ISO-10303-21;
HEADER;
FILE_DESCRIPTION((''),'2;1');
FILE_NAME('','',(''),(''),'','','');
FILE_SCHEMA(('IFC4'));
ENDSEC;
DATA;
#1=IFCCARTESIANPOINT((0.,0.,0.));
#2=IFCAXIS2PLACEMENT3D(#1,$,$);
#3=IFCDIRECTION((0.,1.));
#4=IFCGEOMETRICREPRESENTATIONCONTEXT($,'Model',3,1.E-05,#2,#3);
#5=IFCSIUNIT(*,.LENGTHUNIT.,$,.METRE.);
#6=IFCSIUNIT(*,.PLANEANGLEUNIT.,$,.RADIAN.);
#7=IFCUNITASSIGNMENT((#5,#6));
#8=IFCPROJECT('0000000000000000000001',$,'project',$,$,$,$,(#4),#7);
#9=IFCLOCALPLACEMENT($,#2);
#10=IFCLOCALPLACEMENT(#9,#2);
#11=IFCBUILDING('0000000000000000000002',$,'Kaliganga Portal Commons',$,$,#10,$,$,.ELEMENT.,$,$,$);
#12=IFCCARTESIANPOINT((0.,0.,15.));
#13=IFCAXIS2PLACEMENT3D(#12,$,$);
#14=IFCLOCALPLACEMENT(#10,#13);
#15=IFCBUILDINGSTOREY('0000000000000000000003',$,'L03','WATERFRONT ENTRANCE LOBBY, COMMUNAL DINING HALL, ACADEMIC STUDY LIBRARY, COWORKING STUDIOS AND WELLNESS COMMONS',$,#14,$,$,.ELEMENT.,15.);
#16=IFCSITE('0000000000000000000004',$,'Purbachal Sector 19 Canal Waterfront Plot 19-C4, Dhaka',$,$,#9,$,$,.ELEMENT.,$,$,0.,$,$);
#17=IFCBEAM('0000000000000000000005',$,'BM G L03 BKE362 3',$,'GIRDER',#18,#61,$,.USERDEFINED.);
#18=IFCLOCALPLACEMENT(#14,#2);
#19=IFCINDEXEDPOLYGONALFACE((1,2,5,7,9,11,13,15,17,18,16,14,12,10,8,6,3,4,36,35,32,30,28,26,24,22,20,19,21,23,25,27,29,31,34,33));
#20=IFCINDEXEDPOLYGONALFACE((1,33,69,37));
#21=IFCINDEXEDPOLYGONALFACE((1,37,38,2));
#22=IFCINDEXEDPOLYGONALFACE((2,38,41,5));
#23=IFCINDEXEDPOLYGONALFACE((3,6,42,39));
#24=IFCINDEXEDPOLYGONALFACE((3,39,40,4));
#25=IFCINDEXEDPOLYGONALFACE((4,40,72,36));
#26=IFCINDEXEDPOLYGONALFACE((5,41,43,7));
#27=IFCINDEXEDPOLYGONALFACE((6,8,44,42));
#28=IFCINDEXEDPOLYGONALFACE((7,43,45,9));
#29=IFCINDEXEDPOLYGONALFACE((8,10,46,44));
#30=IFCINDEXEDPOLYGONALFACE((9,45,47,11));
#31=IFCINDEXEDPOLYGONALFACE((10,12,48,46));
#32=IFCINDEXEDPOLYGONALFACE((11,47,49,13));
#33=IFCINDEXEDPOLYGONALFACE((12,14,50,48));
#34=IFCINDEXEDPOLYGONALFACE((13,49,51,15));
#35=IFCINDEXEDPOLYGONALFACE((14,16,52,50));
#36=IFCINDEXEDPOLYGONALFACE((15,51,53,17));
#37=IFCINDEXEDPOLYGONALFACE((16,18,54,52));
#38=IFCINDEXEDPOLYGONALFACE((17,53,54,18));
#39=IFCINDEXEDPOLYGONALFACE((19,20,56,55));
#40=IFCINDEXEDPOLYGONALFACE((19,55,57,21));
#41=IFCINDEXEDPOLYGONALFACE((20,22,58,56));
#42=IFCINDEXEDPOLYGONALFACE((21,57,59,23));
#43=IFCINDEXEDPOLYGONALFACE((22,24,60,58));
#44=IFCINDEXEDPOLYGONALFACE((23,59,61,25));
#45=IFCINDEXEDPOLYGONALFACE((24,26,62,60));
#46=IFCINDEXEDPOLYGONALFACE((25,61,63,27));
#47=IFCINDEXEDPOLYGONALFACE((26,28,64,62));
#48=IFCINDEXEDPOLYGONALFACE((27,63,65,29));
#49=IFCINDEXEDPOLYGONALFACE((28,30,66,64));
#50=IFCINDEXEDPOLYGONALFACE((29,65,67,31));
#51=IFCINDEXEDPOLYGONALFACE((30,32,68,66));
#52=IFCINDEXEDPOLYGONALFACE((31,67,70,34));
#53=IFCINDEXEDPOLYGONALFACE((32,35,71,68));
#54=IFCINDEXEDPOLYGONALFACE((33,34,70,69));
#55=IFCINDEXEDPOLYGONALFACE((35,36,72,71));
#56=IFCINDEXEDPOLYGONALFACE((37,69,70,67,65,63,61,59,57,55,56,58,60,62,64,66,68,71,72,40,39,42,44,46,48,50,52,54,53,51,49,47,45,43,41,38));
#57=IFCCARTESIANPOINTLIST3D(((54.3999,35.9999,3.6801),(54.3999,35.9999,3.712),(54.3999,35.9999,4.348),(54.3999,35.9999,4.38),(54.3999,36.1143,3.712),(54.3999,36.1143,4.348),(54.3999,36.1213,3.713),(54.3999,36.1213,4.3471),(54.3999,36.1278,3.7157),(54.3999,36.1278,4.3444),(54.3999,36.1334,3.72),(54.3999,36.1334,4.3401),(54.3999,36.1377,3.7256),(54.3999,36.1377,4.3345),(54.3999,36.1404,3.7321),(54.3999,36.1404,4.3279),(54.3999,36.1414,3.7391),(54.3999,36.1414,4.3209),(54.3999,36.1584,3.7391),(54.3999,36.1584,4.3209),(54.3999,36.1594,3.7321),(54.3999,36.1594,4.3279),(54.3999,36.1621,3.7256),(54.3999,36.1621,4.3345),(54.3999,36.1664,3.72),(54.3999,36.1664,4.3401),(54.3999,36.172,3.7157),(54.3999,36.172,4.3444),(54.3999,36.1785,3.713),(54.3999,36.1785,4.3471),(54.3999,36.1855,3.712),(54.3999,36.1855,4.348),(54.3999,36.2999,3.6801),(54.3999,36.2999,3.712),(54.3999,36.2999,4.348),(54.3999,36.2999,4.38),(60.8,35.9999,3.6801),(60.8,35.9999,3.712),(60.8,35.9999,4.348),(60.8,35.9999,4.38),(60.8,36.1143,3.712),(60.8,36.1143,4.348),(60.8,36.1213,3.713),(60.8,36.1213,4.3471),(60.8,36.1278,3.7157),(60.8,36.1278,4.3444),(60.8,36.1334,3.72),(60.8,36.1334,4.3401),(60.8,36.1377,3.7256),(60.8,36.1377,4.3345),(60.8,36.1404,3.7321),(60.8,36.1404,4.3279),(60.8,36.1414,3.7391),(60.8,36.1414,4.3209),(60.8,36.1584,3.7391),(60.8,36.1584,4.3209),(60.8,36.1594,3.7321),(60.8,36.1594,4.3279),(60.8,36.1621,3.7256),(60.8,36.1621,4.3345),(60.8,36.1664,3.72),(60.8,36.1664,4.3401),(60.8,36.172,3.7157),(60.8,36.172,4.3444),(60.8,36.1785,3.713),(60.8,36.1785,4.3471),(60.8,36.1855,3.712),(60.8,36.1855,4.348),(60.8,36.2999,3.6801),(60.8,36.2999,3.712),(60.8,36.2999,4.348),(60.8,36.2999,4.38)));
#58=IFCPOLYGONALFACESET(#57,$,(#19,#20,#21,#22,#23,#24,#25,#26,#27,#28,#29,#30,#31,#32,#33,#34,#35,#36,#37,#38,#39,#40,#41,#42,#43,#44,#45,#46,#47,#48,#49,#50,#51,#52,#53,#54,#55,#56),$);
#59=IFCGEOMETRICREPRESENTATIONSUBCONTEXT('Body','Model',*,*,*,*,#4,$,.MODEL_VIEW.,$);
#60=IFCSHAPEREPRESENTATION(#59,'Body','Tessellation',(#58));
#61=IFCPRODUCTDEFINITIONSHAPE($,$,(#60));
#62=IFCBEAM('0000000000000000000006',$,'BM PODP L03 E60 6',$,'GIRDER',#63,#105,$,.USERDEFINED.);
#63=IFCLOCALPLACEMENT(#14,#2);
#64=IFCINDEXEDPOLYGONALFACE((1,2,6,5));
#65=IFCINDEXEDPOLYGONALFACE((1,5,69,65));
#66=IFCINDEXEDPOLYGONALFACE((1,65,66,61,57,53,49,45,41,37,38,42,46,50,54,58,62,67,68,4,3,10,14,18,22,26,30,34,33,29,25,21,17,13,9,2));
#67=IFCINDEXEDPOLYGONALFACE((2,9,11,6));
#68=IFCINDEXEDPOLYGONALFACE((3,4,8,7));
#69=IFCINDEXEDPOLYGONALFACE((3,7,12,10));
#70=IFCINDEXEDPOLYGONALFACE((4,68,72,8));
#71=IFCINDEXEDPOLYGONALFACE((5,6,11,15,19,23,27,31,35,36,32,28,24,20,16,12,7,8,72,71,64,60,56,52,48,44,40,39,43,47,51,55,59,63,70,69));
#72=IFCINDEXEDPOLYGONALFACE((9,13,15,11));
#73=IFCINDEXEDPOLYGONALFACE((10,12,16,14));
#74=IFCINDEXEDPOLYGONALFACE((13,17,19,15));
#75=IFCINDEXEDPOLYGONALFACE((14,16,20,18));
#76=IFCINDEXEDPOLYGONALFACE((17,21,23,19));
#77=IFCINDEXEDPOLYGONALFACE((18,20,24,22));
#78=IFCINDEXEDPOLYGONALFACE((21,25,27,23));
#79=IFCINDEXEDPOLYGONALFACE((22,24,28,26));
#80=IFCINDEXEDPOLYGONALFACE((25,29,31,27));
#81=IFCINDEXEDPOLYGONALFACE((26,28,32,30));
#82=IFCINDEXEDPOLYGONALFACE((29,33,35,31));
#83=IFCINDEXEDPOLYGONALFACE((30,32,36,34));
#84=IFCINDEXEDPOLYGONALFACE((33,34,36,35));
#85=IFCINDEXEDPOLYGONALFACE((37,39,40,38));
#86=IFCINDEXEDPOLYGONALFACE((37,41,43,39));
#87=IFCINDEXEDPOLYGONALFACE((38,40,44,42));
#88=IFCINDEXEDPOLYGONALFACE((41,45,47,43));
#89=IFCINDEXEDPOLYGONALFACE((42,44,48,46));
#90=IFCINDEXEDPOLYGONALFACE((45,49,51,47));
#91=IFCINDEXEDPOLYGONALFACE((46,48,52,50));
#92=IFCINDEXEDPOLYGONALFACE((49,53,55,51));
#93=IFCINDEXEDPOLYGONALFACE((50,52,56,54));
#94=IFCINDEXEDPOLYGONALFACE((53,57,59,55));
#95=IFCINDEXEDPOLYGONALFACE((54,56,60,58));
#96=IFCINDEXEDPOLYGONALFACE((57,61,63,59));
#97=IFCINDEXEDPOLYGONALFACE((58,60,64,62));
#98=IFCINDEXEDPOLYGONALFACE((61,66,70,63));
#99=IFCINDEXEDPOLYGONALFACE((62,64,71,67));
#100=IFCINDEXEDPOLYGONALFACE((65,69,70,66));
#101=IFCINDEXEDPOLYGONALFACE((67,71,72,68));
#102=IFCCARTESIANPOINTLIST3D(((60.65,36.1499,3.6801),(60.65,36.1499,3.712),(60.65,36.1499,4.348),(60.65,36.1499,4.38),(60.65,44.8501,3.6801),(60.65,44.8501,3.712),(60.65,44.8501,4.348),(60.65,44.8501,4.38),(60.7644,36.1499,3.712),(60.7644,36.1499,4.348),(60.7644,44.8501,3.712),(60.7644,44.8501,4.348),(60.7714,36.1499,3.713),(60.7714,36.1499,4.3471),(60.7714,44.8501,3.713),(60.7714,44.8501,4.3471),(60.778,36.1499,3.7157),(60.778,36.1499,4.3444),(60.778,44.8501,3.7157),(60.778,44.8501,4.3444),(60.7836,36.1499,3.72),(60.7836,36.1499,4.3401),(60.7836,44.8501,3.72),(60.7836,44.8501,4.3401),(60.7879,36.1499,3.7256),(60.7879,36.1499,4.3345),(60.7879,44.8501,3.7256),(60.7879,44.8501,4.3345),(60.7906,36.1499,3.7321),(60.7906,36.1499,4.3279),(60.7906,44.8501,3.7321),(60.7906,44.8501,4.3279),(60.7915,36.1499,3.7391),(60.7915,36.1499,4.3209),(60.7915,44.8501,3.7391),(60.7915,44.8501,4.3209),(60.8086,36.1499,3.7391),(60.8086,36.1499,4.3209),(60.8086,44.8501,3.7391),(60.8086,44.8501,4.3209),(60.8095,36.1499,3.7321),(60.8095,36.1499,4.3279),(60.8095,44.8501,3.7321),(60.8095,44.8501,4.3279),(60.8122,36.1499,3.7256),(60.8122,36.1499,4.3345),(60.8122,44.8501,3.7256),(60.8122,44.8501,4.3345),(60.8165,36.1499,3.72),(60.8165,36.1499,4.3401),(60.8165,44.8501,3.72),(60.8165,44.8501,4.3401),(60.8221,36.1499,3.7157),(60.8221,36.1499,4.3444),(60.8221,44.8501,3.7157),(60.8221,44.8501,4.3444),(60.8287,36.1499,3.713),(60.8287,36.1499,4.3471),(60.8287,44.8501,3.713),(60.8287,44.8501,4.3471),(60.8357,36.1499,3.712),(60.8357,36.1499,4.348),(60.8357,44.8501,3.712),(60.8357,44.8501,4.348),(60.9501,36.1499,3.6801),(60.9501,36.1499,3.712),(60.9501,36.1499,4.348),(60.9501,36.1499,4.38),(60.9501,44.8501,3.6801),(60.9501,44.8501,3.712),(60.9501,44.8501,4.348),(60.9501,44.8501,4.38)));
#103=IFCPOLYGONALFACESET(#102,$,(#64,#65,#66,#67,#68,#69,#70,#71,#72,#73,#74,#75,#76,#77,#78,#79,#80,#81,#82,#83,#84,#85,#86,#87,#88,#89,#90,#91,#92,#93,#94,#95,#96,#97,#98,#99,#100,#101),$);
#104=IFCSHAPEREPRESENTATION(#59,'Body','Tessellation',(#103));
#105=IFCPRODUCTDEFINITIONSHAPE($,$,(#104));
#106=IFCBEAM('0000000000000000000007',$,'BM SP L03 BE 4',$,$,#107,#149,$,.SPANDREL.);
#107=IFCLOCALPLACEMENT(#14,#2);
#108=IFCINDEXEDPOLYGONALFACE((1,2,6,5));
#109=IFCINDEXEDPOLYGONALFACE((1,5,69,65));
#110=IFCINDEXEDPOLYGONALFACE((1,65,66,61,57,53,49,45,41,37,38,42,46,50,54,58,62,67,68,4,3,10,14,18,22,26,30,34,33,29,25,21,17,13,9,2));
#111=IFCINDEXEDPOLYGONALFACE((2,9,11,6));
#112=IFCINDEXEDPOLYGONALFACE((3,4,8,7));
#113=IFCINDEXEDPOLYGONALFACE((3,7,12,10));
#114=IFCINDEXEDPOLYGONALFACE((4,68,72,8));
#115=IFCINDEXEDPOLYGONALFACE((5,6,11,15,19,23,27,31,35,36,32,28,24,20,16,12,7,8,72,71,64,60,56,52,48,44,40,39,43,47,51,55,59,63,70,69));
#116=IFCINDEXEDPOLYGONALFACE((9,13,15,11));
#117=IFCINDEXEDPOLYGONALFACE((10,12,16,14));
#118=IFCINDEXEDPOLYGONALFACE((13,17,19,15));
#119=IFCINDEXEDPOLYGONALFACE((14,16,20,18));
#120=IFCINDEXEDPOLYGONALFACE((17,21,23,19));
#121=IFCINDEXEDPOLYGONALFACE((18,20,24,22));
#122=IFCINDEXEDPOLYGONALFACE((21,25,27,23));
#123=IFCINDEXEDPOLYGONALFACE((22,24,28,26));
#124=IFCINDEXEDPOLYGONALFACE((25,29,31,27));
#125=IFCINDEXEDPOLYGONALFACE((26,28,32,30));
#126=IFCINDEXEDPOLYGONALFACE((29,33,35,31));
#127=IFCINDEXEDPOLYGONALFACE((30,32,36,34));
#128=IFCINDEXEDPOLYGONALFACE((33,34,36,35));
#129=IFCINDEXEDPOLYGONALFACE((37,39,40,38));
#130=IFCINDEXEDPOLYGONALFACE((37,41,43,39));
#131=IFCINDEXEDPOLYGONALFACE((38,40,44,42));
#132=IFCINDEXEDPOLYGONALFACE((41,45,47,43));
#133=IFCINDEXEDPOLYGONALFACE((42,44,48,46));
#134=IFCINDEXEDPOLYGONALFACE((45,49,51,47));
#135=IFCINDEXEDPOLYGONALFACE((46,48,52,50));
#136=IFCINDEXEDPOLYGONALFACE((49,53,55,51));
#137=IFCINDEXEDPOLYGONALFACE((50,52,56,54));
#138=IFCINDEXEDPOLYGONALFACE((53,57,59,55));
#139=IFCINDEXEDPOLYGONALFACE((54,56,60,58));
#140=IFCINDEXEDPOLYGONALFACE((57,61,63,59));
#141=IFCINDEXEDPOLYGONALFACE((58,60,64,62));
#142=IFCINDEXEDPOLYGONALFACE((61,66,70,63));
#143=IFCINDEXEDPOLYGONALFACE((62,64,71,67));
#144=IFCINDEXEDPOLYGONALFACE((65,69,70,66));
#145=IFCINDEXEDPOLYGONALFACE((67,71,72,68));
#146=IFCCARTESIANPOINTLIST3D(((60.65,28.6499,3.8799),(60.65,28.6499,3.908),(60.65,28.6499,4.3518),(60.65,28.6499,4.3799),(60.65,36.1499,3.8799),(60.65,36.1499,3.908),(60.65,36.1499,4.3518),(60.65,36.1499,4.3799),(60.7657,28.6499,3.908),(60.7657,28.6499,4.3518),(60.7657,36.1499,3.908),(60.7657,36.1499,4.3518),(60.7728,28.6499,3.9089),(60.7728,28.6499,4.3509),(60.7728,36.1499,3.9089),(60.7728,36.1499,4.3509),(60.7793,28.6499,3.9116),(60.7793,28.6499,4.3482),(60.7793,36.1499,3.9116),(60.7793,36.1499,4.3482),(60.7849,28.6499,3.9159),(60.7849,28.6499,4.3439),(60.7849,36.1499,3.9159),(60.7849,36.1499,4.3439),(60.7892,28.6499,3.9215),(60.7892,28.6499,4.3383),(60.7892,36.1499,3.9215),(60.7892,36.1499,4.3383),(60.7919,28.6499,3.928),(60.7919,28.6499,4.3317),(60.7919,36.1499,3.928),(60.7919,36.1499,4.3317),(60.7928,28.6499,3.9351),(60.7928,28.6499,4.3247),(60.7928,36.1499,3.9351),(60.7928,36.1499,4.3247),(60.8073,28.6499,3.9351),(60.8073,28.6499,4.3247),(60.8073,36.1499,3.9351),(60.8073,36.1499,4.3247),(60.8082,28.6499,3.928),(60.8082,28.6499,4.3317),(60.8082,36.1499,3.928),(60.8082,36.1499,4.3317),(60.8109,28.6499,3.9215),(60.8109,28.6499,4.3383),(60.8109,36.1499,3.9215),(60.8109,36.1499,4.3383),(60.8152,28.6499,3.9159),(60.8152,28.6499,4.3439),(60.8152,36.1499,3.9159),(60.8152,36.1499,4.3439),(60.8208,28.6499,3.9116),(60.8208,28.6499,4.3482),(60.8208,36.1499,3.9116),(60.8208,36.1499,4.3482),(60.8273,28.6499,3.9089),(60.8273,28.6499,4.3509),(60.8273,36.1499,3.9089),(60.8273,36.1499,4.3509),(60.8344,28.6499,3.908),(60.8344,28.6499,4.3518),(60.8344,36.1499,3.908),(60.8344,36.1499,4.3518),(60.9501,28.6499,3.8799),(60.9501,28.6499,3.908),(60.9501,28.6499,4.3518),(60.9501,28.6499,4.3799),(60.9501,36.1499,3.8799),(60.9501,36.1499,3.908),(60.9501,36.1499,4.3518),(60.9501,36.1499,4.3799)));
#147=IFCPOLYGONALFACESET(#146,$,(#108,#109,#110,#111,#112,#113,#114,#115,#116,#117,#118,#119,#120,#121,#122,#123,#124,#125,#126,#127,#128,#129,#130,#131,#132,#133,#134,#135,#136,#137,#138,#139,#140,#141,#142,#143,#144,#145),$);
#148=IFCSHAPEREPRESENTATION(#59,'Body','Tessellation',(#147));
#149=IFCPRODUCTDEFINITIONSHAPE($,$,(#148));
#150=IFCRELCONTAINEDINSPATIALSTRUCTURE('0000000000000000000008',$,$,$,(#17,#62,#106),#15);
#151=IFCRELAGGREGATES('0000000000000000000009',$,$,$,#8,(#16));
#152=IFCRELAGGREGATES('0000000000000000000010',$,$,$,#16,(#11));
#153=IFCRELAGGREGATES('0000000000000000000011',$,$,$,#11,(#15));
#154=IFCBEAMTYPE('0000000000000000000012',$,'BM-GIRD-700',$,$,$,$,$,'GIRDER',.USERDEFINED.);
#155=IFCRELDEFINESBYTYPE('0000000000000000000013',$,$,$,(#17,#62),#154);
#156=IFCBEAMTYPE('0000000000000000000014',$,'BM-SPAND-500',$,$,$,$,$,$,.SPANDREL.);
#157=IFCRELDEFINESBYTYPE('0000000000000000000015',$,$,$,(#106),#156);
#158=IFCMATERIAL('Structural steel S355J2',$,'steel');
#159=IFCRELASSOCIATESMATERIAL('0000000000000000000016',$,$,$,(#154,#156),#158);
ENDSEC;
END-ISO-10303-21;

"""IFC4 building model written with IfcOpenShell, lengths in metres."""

from ifc_helpers import new_model, si_unit, direction, frame, origin, origin_2d, place, context, subcontext, project, spatial, i_section, extrude, source, transform, mapped, material, material_profile, profile_set, type_object, element, save


model = new_model("IFC4")

# Units and contexts
model_context = context("Model", 3, precision=1e-05, world=origin(), true_north=direction((0.0, 1.0)))
body_context = subcontext(model_context, "Body", "Model", "MODEL_VIEW")
ifc_project = project(units=[si_unit("LENGTHUNIT", "METRE"), si_unit("PLANEANGLEUNIT", "RADIAN")], contexts=[model_context])

# Site, building, storey
site_placement = place(None, origin())
site = spatial("IfcSite", under=ifc_project, at=site_placement, Name="Purbachal Sector 19 Canal Waterfront Plot 19-C4, Dhaka", CompositionType="ELEMENT", RefElevation=0.0)
building_placement = place(site_placement, origin())
building = spatial("IfcBuilding", under=site, at=building_placement, Name="Kaliganga Portal Commons", CompositionType="ELEMENT")
storey_placement = place(building_placement, frame((0.0, 0.0, 15.0)))
storey = spatial("IfcBuildingStorey", under=building, at=storey_placement, Name="L03", Description="WATERFRONT ENTRANCE LOBBY, COMMUNAL DINING HALL, ACADEMIC STUDY LIBRARY, COWORKING STUDIOS AND WELLNESS COMMONS", CompositionType="ELEMENT", Elevation=15.0)

# Beams
ifc_material_1 = material(Name="Structural steel S355J2", Category="steel")
ifc_material_profile_1 = material_profile(ifc_material_1, i_section(OverallWidth=0.3, OverallDepth=0.7, WebThickness=0.0171, FlangeThickness=0.032, FilletRadius=0.0271, at=origin_2d()), Name="HE 700 B")
ifc_profile_set_1 = profile_set([ifc_material_profile_1], Name="Structural steel S355J2 wide-flange")
beam_type_1 = type_object("IfcBeamType", Name="BM-GIRD-700", ElementType="GIRDER", PredefinedType="USERDEFINED", material=ifc_profile_set_1)
shared_shape_1 = source(origin(), body_context, "Body", "SweptSolid", [
    extrude(i_section(OverallWidth=0.3, OverallDepth=0.7, WebThickness=0.0171, FlangeThickness=0.032, FilletRadius=0.0271, at=origin_2d()), origin(), (0.0, 0.0, 1.0), 6.4001),
])
for number, where, z_axis, x_axis, name in (
    (1, (54.3999, 36.1499, 4.03), (1.0, 0.0, 0.0), (0.0, 1.0, 0.0), "BM G L03 BKE362 3"),
):
    element("IfcBeam", number, at=place(storey_placement, frame(where, z_axis=z_axis, x_axis=x_axis)), inside=storey, type_object=beam_type_1, Name=name, ObjectType="GIRDER", PredefinedType="USERDEFINED", context=body_context, shape_type="MappedRepresentation", body=[
        mapped(shared_shape_1, transform((0.0, 0.0, 0.0), x_axis=(1.0, 0.0, 0.0), y_axis=(0.0, 1.0, 0.0), z_axis=(0.0, 0.0, 1.0), scale=1.0)),
    ])
shared_shape_2 = source(origin(), body_context, "Body", "SweptSolid", [
    extrude(i_section(OverallWidth=0.3, OverallDepth=0.7, WebThickness=0.0171, FlangeThickness=0.032, FilletRadius=0.0271, at=origin_2d()), origin(), (0.0, 0.0, 1.0), 8.7002),
])
beam_1_placement = place(storey_placement, frame((60.8, 36.1499, 4.03), z_axis=(0.0, 1.0, 0.0), x_axis=(-1.0, 0.0, 0.0)))
element("IfcBeam", 2, at=beam_1_placement, inside=storey, type_object=beam_type_1, Name="BM PODP L03 E60 6", ObjectType="GIRDER", PredefinedType="USERDEFINED", context=body_context, shape_type="MappedRepresentation", body=[
    mapped(shared_shape_2, transform((0.0, 0.0, 0.0), x_axis=(1.0, 0.0, 0.0), y_axis=(0.0, 1.0, 0.0), z_axis=(0.0, 0.0, 1.0), scale=1.0)),
])
ifc_material_profile_2 = material_profile(ifc_material_1, i_section(OverallWidth=0.3, OverallDepth=0.5, WebThickness=0.0144, FlangeThickness=0.0281, FilletRadius=0.0271, at=origin_2d()), Name="HE 500 B")
ifc_profile_set_2 = profile_set([ifc_material_profile_2], Name="Structural steel S355J2 wide-flange")
beam_type_2 = type_object("IfcBeamType", Name="BM-SPAND-500", PredefinedType="SPANDREL", material=ifc_profile_set_2)
shared_shape_3 = source(origin(), body_context, "Body", "SweptSolid", [
    extrude(i_section(OverallWidth=0.3, OverallDepth=0.5, WebThickness=0.0144, FlangeThickness=0.0281, FilletRadius=0.0271, at=origin_2d()), origin(), (0.0, 0.0, 1.0), 7.5),
])
beam_2_placement = place(storey_placement, frame((60.8, 28.6499, 4.1299), z_axis=(0.0, 1.0, 0.0), x_axis=(-1.0, 0.0, 0.0)))
element("IfcBeam", 3, at=beam_2_placement, inside=storey, type_object=beam_type_2, Name="BM SP L03 BE 4", PredefinedType="SPANDREL", context=body_context, shape_type="MappedRepresentation", body=[
    mapped(shared_shape_3, transform((0.0, 0.0, 0.0), x_axis=(1.0, 0.0, 0.0), y_axis=(0.0, 1.0, 0.0), z_axis=(0.0, 0.0, 1.0), scale=1.0)),
])

save(model, "model.ifc")
